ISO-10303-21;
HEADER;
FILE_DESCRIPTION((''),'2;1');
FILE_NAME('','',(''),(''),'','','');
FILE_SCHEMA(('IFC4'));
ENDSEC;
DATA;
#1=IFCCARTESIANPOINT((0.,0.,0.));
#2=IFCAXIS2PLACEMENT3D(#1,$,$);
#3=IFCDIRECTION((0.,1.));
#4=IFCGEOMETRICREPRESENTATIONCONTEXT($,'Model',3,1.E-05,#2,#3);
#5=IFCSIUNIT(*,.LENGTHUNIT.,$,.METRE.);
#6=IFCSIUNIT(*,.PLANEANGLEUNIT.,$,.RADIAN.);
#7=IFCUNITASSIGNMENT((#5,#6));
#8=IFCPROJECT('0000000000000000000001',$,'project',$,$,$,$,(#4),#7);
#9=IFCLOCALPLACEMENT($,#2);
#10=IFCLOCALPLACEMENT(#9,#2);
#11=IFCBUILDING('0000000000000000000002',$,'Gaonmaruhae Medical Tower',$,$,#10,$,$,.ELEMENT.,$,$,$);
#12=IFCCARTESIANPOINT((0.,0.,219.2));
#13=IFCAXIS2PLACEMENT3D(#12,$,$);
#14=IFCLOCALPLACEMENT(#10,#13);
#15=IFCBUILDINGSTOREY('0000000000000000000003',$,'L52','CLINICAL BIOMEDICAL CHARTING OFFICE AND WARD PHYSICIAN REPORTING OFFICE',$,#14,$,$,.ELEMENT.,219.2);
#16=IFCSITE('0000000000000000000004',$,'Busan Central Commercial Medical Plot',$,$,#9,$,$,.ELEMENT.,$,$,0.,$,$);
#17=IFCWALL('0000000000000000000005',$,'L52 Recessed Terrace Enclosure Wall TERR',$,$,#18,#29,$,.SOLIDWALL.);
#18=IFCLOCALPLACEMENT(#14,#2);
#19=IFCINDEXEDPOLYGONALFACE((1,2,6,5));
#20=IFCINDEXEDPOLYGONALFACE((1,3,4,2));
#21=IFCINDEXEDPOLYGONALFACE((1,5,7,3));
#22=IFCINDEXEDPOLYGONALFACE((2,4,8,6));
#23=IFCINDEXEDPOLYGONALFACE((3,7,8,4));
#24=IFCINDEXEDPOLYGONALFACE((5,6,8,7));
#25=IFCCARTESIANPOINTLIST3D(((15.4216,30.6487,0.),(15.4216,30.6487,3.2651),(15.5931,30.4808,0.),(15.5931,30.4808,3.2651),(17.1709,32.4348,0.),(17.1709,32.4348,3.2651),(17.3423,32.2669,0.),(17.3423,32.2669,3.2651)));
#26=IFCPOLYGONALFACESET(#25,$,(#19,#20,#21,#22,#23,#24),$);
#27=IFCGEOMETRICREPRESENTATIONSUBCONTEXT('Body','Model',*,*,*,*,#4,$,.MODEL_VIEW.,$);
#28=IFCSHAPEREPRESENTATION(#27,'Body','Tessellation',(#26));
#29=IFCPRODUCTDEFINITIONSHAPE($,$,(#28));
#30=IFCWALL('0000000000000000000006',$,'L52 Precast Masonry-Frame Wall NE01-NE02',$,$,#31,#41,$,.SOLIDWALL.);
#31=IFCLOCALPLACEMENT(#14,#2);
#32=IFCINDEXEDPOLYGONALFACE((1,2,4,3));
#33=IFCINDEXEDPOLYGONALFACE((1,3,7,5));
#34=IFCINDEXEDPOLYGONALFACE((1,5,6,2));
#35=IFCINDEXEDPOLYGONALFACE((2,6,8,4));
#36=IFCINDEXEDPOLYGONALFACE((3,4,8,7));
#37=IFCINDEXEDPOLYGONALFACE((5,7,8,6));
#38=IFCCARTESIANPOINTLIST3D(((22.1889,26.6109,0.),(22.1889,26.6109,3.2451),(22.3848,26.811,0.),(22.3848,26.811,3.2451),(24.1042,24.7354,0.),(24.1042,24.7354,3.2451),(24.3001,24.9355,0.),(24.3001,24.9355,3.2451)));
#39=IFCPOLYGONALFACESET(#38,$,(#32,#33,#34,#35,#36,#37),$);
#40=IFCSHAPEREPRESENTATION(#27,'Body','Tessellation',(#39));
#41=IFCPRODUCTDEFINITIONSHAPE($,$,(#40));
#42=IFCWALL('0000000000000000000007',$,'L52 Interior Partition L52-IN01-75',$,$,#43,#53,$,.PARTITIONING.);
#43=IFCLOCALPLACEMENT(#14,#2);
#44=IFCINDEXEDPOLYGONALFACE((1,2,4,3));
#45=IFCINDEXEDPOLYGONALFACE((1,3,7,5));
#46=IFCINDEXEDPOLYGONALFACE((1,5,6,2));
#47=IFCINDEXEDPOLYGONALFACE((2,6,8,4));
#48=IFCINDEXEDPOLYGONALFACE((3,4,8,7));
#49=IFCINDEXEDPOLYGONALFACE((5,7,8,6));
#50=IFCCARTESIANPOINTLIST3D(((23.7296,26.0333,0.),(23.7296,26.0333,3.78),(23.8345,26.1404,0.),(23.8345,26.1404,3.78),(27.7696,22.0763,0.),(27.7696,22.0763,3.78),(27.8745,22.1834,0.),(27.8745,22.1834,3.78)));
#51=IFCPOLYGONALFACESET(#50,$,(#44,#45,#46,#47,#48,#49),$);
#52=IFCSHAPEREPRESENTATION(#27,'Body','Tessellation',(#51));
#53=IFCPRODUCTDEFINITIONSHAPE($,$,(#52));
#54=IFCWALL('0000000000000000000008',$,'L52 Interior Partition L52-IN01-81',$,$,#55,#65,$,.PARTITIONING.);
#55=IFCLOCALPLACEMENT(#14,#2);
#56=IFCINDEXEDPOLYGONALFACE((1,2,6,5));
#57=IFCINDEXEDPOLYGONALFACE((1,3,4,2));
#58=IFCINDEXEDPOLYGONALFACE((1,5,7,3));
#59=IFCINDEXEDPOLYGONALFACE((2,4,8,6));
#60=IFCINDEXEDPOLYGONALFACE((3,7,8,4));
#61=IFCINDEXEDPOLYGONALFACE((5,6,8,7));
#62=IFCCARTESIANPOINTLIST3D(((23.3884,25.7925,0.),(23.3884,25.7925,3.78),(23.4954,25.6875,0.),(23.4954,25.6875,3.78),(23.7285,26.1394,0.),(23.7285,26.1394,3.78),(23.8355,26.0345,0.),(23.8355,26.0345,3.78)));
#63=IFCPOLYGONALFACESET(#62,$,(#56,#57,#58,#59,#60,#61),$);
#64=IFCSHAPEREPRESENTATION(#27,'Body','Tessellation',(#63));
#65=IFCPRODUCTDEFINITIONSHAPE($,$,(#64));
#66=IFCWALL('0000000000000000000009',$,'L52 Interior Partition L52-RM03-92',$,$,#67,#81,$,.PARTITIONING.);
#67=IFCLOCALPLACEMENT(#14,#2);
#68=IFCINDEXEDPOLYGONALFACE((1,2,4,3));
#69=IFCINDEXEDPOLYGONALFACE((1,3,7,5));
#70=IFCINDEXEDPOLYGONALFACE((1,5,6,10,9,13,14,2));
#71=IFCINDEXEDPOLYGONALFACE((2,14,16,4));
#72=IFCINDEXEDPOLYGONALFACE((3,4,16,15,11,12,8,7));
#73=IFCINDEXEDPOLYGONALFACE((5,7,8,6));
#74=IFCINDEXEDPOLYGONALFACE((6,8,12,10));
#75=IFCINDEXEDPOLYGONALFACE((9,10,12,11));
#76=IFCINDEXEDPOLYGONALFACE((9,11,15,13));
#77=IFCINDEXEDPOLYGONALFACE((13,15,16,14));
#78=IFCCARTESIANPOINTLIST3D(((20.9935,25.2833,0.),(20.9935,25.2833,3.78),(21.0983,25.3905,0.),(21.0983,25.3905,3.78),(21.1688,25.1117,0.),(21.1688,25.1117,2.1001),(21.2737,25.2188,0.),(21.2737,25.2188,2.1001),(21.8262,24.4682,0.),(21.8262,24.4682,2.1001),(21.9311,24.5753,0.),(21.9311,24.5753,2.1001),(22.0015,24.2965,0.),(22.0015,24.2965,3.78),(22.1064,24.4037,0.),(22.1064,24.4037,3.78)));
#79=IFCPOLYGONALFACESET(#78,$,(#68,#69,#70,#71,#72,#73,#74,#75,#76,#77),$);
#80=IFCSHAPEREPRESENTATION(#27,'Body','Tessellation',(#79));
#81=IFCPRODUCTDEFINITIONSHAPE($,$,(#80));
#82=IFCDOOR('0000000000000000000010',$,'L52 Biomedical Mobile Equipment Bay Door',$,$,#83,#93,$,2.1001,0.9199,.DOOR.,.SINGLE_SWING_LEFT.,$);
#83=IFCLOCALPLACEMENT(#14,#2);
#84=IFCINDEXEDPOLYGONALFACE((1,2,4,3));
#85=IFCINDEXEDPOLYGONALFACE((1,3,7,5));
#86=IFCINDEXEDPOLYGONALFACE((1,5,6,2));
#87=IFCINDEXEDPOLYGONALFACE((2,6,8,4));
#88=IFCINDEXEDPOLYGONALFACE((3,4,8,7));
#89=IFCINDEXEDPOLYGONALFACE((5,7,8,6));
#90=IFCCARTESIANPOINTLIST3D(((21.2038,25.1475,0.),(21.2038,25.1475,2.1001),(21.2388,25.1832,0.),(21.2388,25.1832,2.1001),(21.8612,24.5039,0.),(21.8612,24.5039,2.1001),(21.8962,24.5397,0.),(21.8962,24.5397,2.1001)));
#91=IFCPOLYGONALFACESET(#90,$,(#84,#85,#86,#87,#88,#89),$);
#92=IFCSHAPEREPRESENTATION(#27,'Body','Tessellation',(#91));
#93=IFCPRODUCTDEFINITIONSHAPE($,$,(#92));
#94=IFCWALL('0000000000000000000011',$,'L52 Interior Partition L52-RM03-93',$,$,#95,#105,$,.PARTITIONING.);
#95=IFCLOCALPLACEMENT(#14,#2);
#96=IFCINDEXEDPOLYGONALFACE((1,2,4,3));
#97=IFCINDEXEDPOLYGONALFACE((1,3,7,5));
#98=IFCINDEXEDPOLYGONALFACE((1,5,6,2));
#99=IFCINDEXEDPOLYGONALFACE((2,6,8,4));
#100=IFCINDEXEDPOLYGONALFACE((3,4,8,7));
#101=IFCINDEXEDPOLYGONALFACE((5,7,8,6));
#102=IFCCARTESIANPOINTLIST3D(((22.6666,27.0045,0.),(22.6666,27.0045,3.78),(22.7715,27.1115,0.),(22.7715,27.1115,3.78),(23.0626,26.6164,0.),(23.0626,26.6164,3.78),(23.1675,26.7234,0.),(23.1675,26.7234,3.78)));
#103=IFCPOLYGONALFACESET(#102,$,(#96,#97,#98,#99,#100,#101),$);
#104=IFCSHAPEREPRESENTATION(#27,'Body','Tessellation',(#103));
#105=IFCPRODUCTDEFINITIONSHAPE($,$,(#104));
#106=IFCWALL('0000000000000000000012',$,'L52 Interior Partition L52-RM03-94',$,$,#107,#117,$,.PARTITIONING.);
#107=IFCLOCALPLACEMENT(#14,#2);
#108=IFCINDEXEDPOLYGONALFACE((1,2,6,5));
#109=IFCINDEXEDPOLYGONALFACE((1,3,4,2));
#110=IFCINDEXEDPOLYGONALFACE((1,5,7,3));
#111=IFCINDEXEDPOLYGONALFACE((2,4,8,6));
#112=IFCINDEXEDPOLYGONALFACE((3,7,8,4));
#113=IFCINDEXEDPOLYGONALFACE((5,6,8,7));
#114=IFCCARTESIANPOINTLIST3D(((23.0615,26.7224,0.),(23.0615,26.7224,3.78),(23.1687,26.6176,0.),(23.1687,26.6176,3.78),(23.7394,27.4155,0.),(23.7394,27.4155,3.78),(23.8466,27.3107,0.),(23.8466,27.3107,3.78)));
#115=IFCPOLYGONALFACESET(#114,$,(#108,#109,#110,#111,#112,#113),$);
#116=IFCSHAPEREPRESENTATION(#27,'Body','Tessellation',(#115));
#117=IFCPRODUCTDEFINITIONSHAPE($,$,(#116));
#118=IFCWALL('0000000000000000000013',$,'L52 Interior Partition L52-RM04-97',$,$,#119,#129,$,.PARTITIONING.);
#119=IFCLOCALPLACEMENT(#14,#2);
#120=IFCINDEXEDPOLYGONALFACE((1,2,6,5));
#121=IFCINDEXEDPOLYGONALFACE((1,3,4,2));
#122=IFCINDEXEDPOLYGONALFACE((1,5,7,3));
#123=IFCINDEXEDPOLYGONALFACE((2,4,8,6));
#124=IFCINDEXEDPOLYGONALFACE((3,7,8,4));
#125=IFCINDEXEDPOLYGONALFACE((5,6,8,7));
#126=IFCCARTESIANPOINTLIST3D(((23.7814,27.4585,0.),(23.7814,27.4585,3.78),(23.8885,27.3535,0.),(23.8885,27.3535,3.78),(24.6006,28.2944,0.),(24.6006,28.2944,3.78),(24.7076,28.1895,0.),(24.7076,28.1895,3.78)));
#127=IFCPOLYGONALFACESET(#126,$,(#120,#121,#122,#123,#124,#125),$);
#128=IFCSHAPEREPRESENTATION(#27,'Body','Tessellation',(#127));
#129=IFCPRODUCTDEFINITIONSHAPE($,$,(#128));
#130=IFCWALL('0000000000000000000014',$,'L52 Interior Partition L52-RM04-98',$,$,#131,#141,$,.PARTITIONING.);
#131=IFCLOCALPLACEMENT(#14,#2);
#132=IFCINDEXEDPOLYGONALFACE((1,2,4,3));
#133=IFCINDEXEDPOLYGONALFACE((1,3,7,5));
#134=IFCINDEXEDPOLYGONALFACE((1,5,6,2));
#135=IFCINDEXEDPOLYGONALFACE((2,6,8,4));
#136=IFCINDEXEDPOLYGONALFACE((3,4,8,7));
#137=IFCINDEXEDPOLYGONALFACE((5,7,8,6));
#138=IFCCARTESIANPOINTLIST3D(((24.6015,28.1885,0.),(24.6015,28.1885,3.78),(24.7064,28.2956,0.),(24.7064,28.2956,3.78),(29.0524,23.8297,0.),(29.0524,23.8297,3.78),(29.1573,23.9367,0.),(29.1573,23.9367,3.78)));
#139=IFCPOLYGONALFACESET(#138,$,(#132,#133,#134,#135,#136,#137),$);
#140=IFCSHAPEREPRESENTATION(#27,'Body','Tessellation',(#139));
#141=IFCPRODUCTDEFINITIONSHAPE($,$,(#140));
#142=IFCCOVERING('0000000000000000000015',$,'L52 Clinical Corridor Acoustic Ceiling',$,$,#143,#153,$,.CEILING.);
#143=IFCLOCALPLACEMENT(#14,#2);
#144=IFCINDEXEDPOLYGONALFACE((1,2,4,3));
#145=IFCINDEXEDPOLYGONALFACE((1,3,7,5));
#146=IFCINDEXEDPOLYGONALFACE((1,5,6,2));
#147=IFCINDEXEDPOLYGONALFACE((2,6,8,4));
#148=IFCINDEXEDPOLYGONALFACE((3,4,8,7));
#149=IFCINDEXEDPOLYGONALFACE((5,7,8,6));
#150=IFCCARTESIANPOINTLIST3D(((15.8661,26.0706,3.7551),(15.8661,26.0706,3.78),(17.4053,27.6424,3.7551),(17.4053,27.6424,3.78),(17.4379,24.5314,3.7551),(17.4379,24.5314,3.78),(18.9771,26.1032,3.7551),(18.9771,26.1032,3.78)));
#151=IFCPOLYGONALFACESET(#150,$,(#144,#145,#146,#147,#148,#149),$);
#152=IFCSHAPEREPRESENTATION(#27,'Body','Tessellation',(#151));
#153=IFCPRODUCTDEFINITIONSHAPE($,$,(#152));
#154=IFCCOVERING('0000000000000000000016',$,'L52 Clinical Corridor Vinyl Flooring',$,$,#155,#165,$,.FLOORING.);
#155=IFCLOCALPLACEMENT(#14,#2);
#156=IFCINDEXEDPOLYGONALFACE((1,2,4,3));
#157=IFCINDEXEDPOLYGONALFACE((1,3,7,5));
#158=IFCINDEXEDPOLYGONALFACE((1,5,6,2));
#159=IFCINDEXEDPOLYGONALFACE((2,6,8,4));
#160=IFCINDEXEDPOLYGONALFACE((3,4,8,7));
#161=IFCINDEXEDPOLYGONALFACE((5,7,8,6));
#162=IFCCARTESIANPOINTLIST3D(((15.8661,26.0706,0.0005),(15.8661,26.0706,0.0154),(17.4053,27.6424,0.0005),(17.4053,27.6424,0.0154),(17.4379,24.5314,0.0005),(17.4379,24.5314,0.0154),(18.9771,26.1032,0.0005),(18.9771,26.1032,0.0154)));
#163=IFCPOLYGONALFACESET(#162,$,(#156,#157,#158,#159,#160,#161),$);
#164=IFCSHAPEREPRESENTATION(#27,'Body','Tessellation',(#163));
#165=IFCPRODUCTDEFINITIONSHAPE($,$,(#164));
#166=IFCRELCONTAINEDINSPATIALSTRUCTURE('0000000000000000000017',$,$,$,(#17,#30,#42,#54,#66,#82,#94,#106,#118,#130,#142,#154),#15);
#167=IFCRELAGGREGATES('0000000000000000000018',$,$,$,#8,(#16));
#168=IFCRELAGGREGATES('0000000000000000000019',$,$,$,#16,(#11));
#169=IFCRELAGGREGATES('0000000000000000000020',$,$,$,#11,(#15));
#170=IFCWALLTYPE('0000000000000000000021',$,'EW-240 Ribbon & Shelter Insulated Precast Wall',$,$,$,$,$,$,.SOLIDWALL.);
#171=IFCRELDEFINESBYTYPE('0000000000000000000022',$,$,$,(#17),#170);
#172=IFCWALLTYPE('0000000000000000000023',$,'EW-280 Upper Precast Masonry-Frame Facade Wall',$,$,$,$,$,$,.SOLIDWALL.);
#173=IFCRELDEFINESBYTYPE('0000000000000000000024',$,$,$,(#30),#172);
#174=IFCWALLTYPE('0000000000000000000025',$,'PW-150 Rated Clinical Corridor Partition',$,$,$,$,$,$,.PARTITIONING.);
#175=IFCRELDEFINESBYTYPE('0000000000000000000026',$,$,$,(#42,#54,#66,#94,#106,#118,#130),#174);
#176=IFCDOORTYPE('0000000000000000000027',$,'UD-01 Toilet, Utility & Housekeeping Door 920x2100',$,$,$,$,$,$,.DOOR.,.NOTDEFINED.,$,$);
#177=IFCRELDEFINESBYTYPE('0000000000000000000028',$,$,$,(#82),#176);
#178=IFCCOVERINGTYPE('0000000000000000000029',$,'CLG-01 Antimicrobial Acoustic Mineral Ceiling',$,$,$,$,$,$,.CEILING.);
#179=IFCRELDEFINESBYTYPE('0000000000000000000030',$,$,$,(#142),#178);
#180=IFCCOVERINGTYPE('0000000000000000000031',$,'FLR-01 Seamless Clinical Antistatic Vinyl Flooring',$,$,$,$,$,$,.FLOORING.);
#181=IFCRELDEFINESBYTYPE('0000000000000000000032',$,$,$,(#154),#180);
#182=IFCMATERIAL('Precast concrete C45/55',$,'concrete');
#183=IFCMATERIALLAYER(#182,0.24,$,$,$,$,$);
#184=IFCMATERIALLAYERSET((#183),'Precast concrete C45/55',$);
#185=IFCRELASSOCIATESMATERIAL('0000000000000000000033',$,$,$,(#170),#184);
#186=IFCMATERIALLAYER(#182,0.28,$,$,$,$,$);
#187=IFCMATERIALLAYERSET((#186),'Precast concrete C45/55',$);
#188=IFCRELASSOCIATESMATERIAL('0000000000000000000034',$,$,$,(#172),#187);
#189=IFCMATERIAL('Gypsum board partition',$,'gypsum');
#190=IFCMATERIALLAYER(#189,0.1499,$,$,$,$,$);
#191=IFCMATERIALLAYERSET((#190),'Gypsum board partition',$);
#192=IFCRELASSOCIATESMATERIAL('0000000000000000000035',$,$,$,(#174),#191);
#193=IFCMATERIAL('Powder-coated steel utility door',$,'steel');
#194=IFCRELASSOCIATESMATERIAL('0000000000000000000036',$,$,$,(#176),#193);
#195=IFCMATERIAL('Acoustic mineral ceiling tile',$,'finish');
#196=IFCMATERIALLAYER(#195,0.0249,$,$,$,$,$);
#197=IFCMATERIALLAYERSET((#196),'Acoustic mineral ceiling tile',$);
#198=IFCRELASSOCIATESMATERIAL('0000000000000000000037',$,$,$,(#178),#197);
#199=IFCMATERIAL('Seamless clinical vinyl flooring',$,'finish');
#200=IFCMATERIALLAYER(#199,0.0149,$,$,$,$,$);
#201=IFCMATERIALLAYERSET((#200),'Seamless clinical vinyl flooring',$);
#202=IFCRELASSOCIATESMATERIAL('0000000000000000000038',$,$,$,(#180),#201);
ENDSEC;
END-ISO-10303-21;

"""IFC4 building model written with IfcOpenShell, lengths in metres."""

from ifc_helpers import new_model, si_unit, direction, frame, frame_2d, origin, origin_2d, place, context, subcontext, project, spatial, rectangle, extrude, material, layer, layer_set, type_object, element, fill, save


model = new_model("IFC4")

# Units and contexts
model_context = context("Model", 3, precision=1e-05, world=origin(), true_north=direction((0.0, 1.0)))
body_context = subcontext(model_context, "Body", "Model", "MODEL_VIEW")
ifc_project = project(units=[si_unit("LENGTHUNIT", "METRE"), si_unit("PLANEANGLEUNIT", "RADIAN")], contexts=[model_context])

# Site, building, storey
site_placement = place(None, origin())
site = spatial("IfcSite", under=ifc_project, at=site_placement, Name="Busan Central Commercial Medical Plot", CompositionType="ELEMENT", RefElevation=0.0)
building_placement = place(site_placement, origin())
building = spatial("IfcBuilding", under=site, at=building_placement, Name="Gaonmaruhae Medical Tower", CompositionType="ELEMENT")
storey_placement = place(building_placement, frame((0.0, 0.0, 219.2)))
storey = spatial("IfcBuildingStorey", under=building, at=storey_placement, Name="L52", Description="CLINICAL BIOMEDICAL CHARTING OFFICE AND WARD PHYSICIAN REPORTING OFFICE", CompositionType="ELEMENT", Elevation=219.2)

# Walls
ifc_material_1 = material(Name="Precast concrete C45/55", Category="concrete")
ifc_layer_1 = layer(ifc_material_1, 0.24)
ifc_layer_set_1 = layer_set([ifc_layer_1], Name="Precast concrete C45/55")
wall_type_1 = type_object("IfcWallType", Name="EW-240 Ribbon & Shelter Insulated Precast Wall", PredefinedType="SOLIDWALL", material=ifc_layer_set_1)
wall_1_placement = place(storey_placement, frame((17.2566, 32.3508, 0.0), z_axis=(0.0, 0.0, 1.0), x_axis=(-0.699695, -0.714441, 0.0)))
element("IfcWall", 1, at=wall_1_placement, inside=storey, type_object=wall_type_1, Name="L52 Recessed Terrace Enclosure Wall TERR", PredefinedType="SOLIDWALL", context=body_context, shape_type="SweptSolid", body=[
    extrude(rectangle(XDim=2.5, YDim=0.24, at=frame_2d((1.25, 0.0))), origin(), (0.0, 0.0, 1.0), 3.2651),
])
ifc_layer_2 = layer(ifc_material_1, 0.28)
ifc_layer_set_2 = layer_set([ifc_layer_2], Name="Precast concrete C45/55")
wall_type_2 = type_object("IfcWallType", Name="EW-280 Upper Precast Masonry-Frame Facade Wall", PredefinedType="SOLIDWALL", material=ifc_layer_set_2)
wall_2_placement = place(storey_placement, frame((22.2869, 26.7109, 0.0), z_axis=(0.0, 0.0, 1.0), x_axis=(0.714491, -0.699645, 0.0)))
element("IfcWall", 2, at=wall_2_placement, inside=storey, type_object=wall_type_2, Name="L52 Precast Masonry-Frame Wall NE01-NE02", PredefinedType="SOLIDWALL", context=body_context, shape_type="SweptSolid", body=[
    extrude(rectangle(XDim=2.6807, YDim=0.28, at=frame_2d((1.3403, 0.0))), origin(), (0.0, 0.0, 1.0), 3.2451),
])
ifc_material_2 = material(Name="Gypsum board partition", Category="gypsum")
ifc_layer_3 = layer(ifc_material_2, 0.1499)
ifc_layer_set_3 = layer_set([ifc_layer_3], Name="Gypsum board partition")
wall_type_3 = type_object("IfcWallType", Name="PW-150 Rated Clinical Corridor Partition", PredefinedType="PARTITIONING", material=ifc_layer_set_3)
wall_3_placement = place(storey_placement, frame((23.782, 26.0869, 0.0), z_axis=(0.0, 0.0, 1.0), x_axis=(0.714408, -0.699729, 0.0)))
element("IfcWall", 3, at=wall_3_placement, inside=storey, type_object=wall_type_3, Name="L52 Interior Partition L52-IN01-75", PredefinedType="PARTITIONING", context=body_context, shape_type="SweptSolid", body=[
    extrude(rectangle(XDim=5.655, YDim=0.1499, at=frame_2d((2.8276, 0.0))), origin(), (0.0, 0.0, 1.0), 3.78),
])
wall_4_placement = place(storey_placement, frame((23.4419, 25.74, 0.0), z_axis=(0.0, 0.0, 1.0), x_axis=(0.700036, 0.714107, 0.0)))
element("IfcWall", 4, at=wall_4_placement, inside=storey, type_object=wall_type_3, Name="L52 Interior Partition L52-IN01-81", PredefinedType="PARTITIONING", context=body_context, shape_type="SweptSolid", body=[
    extrude(rectangle(XDim=0.4858, YDim=0.1499, at=frame_2d((0.2429, 0.0))), origin(), (0.0, 0.0, 1.0), 3.78),
])

# Wall, opening, door
wall_5_placement = place(storey_placement, frame((22.054, 24.3501, 0.0), z_axis=(0.0, 0.0, 1.0), x_axis=(-0.714595, 0.699538, 0.0)))
wall_5 = element("IfcWall", 5, at=wall_5_placement, inside=storey, type_object=wall_type_3, Name="L52 Interior Partition L52-RM03-92", PredefinedType="PARTITIONING", context=body_context, shape_type="SweptSolid", body=[
    extrude(rectangle(XDim=1.4106, YDim=0.1499, at=frame_2d((0.7053, 0.0))), origin(), (0.0, 0.0, 1.0), 3.78),
])
opening_placement = place(wall_5_placement, frame((0.2454, 0.0, 0.0)))
opening = element("IfcOpeningElement", 6, at=opening_placement, cuts=wall_5, PredefinedType="OPENING", context=body_context, shape_type="SweptSolid", body=[
    extrude(rectangle(XDim=0.9199, YDim=2.1001, at=frame_2d((0.46, 1.05))), frame((0.0, 0.085, 0.0), z_axis=(0.0, -1.0, 0.0), x_axis=(1.0, 0.0, 0.0)), (0.0, 0.0, 1.0), 0.1699),
])
ifc_material_3 = material(Name="Powder-coated steel utility door", Category="steel")
door_type = type_object("IfcDoorType", Name="UD-01 Toilet, Utility & Housekeeping Door 920x2100", OperationType="NOTDEFINED", PredefinedType="DOOR", material=ifc_material_3)
door_placement = place(opening_placement, origin())
door = element("IfcDoor", 7, at=door_placement, inside=storey, type_object=door_type, Name="L52 Biomedical Mobile Equipment Bay Door", OperationType="SINGLE_SWING_LEFT", OverallHeight=2.1001, OverallWidth=0.9199, PredefinedType="DOOR", context=body_context, shape_type="SweptSolid", body=[
    extrude(rectangle(XDim=0.9199, YDim=2.1001, at=frame_2d((0.46, 1.05))), frame((0.0, 0.0249, 0.0), z_axis=(0.0, -1.0, 0.0), x_axis=(1.0, 0.0, 0.0)), (0.0, 0.0, 1.0), 0.05),
])
fill(opening, door)

# Walls
wall_6_placement = place(storey_placement, frame((22.719, 27.0581, 0.0), z_axis=(0.0, 0.0, 1.0), x_axis=(0.714116, -0.700027, 0.0)))
element("IfcWall", 8, at=wall_6_placement, inside=storey, type_object=wall_type_3, Name="L52 Interior Partition L52-RM03-93", PredefinedType="PARTITIONING", context=body_context, shape_type="SweptSolid", body=[
    extrude(rectangle(XDim=0.5544, YDim=0.1499, at=frame_2d((0.2773, 0.0))), origin(), (0.0, 0.0, 1.0), 3.78),
])
wall_7_placement = place(storey_placement, frame((23.115, 26.6699, 0.0), z_axis=(0.0, 0.0, 1.0), x_axis=(0.699258, 0.71487, 0.0)))
element("IfcWall", 9, at=wall_7_placement, inside=storey, type_object=wall_type_3, Name="L52 Interior Partition L52-RM03-94", PredefinedType="PARTITIONING", context=body_context, shape_type="SweptSolid", body=[
    extrude(rectangle(XDim=0.9695, YDim=0.1499, at=frame_2d((0.4849, 0.0))), origin(), (0.0, 0.0, 1.0), 3.78),
])
wall_8_placement = place(storey_placement, frame((23.835, 27.406, 0.0), z_axis=(0.0, 0.0, 1.0), x_axis=(0.699873, 0.714267, 0.0)))
element("IfcWall", 10, at=wall_8_placement, inside=storey, type_object=wall_type_3, Name="L52 Interior Partition L52-RM04-97", PredefinedType="PARTITIONING", context=body_context, shape_type="SweptSolid", body=[
    extrude(rectangle(XDim=1.1704, YDim=0.1499, at=frame_2d((0.5852, 0.0))), origin(), (0.0, 0.0, 1.0), 3.78),
])
wall_9_placement = place(storey_placement, frame((24.6541, 28.2419, 0.0), z_axis=(0.0, 0.0, 1.0), x_axis=(0.714455, -0.699681, 0.0)))
element("IfcWall", 11, at=wall_9_placement, inside=storey, type_object=wall_type_3, Name="L52 Interior Partition L52-RM04-98", PredefinedType="PARTITIONING", context=body_context, shape_type="SweptSolid", body=[
    extrude(rectangle(XDim=6.2297, YDim=0.1499, at=frame_2d((3.1147, 0.0))), origin(), (0.0, 0.0, 1.0), 3.78),
])

# Coverings
ifc_material_4 = material(Name="Acoustic mineral ceiling tile", Category="finish")
ifc_layer_4 = layer(ifc_material_4, 0.0249)
ifc_layer_set_4 = layer_set([ifc_layer_4], Name="Acoustic mineral ceiling tile")
covering_type_1 = type_object("IfcCoveringType", Name="CLG-01 Antimicrobial Acoustic Mineral Ceiling", PredefinedType="CEILING", material=ifc_layer_set_4)
covering_1_placement = place(storey_placement, frame((17.4216, 26.0869, 3.7551), z_axis=(0.0, 0.0, 1.0), x_axis=(0.699663, 0.714473, 0.0)))
element("IfcCovering", 12, at=covering_1_placement, inside=storey, type_object=covering_type_1, Name="L52 Clinical Corridor Acoustic Ceiling", PredefinedType="CEILING", context=body_context, shape_type="SweptSolid", body=[
    extrude(rectangle(XDim=2.2, YDim=2.2, at=origin_2d()), origin(), (0.0, 0.0, 1.0), 0.0249),
])
ifc_material_5 = material(Name="Seamless clinical vinyl flooring", Category="finish")
ifc_layer_5 = layer(ifc_material_5, 0.0149)
ifc_layer_set_5 = layer_set([ifc_layer_5], Name="Seamless clinical vinyl flooring")
covering_type_2 = type_object("IfcCoveringType", Name="FLR-01 Seamless Clinical Antistatic Vinyl Flooring", PredefinedType="FLOORING", material=ifc_layer_set_5)
covering_2_placement = place(storey_placement, frame((17.4216, 26.0869, 0.0005), z_axis=(0.0, 0.0, 1.0), x_axis=(0.699663, 0.714473, 0.0)))
element("IfcCovering", 13, at=covering_2_placement, inside=storey, type_object=covering_type_2, Name="L52 Clinical Corridor Vinyl Flooring", PredefinedType="FLOORING", context=body_context, shape_type="SweptSolid", body=[
    extrude(rectangle(XDim=2.2, YDim=2.2, at=origin_2d()), origin(), (0.0, 0.0, 1.0), 0.0149),
])

save(model, "model.ifc")
